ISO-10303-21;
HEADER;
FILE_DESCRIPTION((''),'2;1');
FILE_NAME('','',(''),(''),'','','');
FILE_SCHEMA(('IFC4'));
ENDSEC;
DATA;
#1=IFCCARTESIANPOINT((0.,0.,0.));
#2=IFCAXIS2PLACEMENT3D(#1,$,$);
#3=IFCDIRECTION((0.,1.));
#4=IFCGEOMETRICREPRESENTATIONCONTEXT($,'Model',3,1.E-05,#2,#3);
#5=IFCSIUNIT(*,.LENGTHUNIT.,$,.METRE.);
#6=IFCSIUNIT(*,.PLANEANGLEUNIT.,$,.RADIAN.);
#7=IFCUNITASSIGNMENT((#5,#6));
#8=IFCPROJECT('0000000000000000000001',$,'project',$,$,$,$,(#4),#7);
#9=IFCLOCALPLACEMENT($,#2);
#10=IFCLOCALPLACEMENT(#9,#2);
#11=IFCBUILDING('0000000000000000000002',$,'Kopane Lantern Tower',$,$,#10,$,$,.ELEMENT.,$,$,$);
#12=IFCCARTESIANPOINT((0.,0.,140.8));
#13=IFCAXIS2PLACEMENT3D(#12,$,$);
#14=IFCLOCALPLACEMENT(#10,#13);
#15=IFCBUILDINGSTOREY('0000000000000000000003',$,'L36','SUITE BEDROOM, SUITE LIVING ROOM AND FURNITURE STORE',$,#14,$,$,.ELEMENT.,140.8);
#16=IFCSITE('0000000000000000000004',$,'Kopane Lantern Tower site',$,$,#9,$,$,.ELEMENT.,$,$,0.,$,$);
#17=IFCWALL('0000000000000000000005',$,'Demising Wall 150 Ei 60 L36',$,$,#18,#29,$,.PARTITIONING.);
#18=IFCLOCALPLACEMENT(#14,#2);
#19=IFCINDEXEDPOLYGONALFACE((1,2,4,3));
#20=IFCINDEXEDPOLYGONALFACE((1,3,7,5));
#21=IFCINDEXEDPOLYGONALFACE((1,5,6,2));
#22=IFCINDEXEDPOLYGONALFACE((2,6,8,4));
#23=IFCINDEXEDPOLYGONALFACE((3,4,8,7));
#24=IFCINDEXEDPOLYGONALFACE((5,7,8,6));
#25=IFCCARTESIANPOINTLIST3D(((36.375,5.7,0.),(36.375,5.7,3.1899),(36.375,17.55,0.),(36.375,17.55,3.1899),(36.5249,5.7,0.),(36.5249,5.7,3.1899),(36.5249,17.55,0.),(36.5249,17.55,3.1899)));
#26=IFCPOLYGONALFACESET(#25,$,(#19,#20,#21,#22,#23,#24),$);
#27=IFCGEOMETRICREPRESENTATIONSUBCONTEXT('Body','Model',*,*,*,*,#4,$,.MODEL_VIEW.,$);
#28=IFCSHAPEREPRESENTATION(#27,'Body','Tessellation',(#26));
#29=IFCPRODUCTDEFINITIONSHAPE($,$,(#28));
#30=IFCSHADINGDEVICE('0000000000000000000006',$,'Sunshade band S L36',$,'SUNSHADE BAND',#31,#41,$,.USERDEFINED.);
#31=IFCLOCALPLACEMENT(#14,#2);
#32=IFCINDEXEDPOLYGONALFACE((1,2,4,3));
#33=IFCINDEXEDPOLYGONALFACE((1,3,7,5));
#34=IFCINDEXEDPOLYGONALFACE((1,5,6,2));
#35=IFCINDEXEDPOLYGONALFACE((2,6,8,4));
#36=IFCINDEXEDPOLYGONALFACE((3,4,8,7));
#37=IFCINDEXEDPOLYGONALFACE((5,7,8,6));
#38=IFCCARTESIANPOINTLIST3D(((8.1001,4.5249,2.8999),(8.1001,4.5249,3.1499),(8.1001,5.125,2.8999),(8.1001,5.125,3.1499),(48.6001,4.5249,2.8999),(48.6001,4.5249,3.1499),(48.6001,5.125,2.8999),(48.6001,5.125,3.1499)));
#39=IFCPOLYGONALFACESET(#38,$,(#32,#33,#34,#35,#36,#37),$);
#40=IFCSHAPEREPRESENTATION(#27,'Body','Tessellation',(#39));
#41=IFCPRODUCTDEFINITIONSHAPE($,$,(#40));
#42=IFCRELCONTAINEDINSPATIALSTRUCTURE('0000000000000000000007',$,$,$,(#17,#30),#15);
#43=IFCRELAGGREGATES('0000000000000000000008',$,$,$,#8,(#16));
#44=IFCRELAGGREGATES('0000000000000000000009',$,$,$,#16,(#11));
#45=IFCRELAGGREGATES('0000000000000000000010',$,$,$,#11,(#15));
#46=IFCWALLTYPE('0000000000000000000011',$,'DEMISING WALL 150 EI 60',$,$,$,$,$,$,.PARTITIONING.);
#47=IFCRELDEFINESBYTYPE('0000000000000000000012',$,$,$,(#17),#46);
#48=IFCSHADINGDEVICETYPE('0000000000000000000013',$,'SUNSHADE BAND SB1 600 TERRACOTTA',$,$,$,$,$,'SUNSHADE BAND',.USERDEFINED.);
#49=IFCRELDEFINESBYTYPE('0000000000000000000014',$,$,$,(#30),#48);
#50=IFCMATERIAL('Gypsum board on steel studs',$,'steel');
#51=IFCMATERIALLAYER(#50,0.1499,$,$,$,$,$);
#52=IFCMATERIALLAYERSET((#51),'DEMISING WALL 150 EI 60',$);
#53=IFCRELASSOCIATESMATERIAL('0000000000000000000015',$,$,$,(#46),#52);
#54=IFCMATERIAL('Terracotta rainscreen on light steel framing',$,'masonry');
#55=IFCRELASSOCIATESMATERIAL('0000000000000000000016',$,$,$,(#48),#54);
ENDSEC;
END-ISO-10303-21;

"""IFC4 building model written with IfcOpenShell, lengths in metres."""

from ifc_helpers import new_model, si_unit, direction, frame, frame_2d, origin, origin_2d, place, context, subcontext, project, spatial, rectangle, extrude, material, layer, layer_set, type_object, element, save


model = new_model("IFC4")

# Units and contexts
model_context = context("Model", 3, precision=1e-05, world=origin(), true_north=direction((0.0, 1.0)))
body_context = subcontext(model_context, "Body", "Model", "MODEL_VIEW")
ifc_project = project(units=[si_unit("LENGTHUNIT", "METRE"), si_unit("PLANEANGLEUNIT", "RADIAN")], contexts=[model_context])

# Site, building, storey
site_placement = place(None, origin())
site = spatial("IfcSite", under=ifc_project, at=site_placement, Name="Kopane Lantern Tower site", CompositionType="ELEMENT", RefElevation=0.0)
building_placement = place(site_placement, origin())
building = spatial("IfcBuilding", under=site, at=building_placement, Name="Kopane Lantern Tower", CompositionType="ELEMENT")
storey_placement = place(building_placement, frame((0.0, 0.0, 140.8)))
storey = spatial("IfcBuildingStorey", under=building, at=storey_placement, Name="L36", Description="SUITE BEDROOM, SUITE LIVING ROOM AND FURNITURE STORE", CompositionType="ELEMENT", Elevation=140.8)

# Wall
ifc_material_1 = material(Name="Gypsum board on steel studs", Category="steel")
ifc_layer_1 = layer(ifc_material_1, 0.1499)
ifc_layer_set_1 = layer_set([ifc_layer_1], Name="DEMISING WALL 150 EI 60")
wall_type_1 = type_object("IfcWallType", Name="DEMISING WALL 150 EI 60", PredefinedType="PARTITIONING", material=ifc_layer_set_1)
wall_1_placement = place(storey_placement, frame((36.45, 17.55, 0.0), z_axis=(0.0, 0.0, 1.0), x_axis=(0.0, -1.0, 0.0)))
element("IfcWall", 1, at=wall_1_placement, inside=storey, type_object=wall_type_1, Name="Demising Wall 150 Ei 60 L36", PredefinedType="PARTITIONING", context=body_context, shape_type="SweptSolid", body=[
    extrude(rectangle(XDim=11.8501, YDim=0.1499, at=frame_2d((5.925, 0.0))), origin(), (0.0, 0.0, 1.0), 3.1899),
])

# Shading device
ifc_material_2 = material(Name="Terracotta rainscreen on light steel framing", Category="masonry")
shading_device_type = type_object("IfcShadingDeviceType", Name="SUNSHADE BAND SB1 600 TERRACOTTA", ElementType="SUNSHADE BAND", PredefinedType="USERDEFINED", material=ifc_material_2)
shading_device_placement = place(storey_placement, frame((28.3501, 4.825, 2.8999), z_axis=(0.0, 0.0, 1.0), x_axis=(1.0, 0.0, 0.0)))
element("IfcShadingDevice", 2, at=shading_device_placement, inside=storey, type_object=shading_device_type, Name="Sunshade band S L36", ObjectType="SUNSHADE BAND", PredefinedType="USERDEFINED", context=body_context, shape_type="SweptSolid", body=[
    extrude(rectangle(XDim=40.5, YDim=0.6001, at=origin_2d()), origin(), (0.0, 0.0, 1.0), 0.25),
])

save(model, "model.ifc")
